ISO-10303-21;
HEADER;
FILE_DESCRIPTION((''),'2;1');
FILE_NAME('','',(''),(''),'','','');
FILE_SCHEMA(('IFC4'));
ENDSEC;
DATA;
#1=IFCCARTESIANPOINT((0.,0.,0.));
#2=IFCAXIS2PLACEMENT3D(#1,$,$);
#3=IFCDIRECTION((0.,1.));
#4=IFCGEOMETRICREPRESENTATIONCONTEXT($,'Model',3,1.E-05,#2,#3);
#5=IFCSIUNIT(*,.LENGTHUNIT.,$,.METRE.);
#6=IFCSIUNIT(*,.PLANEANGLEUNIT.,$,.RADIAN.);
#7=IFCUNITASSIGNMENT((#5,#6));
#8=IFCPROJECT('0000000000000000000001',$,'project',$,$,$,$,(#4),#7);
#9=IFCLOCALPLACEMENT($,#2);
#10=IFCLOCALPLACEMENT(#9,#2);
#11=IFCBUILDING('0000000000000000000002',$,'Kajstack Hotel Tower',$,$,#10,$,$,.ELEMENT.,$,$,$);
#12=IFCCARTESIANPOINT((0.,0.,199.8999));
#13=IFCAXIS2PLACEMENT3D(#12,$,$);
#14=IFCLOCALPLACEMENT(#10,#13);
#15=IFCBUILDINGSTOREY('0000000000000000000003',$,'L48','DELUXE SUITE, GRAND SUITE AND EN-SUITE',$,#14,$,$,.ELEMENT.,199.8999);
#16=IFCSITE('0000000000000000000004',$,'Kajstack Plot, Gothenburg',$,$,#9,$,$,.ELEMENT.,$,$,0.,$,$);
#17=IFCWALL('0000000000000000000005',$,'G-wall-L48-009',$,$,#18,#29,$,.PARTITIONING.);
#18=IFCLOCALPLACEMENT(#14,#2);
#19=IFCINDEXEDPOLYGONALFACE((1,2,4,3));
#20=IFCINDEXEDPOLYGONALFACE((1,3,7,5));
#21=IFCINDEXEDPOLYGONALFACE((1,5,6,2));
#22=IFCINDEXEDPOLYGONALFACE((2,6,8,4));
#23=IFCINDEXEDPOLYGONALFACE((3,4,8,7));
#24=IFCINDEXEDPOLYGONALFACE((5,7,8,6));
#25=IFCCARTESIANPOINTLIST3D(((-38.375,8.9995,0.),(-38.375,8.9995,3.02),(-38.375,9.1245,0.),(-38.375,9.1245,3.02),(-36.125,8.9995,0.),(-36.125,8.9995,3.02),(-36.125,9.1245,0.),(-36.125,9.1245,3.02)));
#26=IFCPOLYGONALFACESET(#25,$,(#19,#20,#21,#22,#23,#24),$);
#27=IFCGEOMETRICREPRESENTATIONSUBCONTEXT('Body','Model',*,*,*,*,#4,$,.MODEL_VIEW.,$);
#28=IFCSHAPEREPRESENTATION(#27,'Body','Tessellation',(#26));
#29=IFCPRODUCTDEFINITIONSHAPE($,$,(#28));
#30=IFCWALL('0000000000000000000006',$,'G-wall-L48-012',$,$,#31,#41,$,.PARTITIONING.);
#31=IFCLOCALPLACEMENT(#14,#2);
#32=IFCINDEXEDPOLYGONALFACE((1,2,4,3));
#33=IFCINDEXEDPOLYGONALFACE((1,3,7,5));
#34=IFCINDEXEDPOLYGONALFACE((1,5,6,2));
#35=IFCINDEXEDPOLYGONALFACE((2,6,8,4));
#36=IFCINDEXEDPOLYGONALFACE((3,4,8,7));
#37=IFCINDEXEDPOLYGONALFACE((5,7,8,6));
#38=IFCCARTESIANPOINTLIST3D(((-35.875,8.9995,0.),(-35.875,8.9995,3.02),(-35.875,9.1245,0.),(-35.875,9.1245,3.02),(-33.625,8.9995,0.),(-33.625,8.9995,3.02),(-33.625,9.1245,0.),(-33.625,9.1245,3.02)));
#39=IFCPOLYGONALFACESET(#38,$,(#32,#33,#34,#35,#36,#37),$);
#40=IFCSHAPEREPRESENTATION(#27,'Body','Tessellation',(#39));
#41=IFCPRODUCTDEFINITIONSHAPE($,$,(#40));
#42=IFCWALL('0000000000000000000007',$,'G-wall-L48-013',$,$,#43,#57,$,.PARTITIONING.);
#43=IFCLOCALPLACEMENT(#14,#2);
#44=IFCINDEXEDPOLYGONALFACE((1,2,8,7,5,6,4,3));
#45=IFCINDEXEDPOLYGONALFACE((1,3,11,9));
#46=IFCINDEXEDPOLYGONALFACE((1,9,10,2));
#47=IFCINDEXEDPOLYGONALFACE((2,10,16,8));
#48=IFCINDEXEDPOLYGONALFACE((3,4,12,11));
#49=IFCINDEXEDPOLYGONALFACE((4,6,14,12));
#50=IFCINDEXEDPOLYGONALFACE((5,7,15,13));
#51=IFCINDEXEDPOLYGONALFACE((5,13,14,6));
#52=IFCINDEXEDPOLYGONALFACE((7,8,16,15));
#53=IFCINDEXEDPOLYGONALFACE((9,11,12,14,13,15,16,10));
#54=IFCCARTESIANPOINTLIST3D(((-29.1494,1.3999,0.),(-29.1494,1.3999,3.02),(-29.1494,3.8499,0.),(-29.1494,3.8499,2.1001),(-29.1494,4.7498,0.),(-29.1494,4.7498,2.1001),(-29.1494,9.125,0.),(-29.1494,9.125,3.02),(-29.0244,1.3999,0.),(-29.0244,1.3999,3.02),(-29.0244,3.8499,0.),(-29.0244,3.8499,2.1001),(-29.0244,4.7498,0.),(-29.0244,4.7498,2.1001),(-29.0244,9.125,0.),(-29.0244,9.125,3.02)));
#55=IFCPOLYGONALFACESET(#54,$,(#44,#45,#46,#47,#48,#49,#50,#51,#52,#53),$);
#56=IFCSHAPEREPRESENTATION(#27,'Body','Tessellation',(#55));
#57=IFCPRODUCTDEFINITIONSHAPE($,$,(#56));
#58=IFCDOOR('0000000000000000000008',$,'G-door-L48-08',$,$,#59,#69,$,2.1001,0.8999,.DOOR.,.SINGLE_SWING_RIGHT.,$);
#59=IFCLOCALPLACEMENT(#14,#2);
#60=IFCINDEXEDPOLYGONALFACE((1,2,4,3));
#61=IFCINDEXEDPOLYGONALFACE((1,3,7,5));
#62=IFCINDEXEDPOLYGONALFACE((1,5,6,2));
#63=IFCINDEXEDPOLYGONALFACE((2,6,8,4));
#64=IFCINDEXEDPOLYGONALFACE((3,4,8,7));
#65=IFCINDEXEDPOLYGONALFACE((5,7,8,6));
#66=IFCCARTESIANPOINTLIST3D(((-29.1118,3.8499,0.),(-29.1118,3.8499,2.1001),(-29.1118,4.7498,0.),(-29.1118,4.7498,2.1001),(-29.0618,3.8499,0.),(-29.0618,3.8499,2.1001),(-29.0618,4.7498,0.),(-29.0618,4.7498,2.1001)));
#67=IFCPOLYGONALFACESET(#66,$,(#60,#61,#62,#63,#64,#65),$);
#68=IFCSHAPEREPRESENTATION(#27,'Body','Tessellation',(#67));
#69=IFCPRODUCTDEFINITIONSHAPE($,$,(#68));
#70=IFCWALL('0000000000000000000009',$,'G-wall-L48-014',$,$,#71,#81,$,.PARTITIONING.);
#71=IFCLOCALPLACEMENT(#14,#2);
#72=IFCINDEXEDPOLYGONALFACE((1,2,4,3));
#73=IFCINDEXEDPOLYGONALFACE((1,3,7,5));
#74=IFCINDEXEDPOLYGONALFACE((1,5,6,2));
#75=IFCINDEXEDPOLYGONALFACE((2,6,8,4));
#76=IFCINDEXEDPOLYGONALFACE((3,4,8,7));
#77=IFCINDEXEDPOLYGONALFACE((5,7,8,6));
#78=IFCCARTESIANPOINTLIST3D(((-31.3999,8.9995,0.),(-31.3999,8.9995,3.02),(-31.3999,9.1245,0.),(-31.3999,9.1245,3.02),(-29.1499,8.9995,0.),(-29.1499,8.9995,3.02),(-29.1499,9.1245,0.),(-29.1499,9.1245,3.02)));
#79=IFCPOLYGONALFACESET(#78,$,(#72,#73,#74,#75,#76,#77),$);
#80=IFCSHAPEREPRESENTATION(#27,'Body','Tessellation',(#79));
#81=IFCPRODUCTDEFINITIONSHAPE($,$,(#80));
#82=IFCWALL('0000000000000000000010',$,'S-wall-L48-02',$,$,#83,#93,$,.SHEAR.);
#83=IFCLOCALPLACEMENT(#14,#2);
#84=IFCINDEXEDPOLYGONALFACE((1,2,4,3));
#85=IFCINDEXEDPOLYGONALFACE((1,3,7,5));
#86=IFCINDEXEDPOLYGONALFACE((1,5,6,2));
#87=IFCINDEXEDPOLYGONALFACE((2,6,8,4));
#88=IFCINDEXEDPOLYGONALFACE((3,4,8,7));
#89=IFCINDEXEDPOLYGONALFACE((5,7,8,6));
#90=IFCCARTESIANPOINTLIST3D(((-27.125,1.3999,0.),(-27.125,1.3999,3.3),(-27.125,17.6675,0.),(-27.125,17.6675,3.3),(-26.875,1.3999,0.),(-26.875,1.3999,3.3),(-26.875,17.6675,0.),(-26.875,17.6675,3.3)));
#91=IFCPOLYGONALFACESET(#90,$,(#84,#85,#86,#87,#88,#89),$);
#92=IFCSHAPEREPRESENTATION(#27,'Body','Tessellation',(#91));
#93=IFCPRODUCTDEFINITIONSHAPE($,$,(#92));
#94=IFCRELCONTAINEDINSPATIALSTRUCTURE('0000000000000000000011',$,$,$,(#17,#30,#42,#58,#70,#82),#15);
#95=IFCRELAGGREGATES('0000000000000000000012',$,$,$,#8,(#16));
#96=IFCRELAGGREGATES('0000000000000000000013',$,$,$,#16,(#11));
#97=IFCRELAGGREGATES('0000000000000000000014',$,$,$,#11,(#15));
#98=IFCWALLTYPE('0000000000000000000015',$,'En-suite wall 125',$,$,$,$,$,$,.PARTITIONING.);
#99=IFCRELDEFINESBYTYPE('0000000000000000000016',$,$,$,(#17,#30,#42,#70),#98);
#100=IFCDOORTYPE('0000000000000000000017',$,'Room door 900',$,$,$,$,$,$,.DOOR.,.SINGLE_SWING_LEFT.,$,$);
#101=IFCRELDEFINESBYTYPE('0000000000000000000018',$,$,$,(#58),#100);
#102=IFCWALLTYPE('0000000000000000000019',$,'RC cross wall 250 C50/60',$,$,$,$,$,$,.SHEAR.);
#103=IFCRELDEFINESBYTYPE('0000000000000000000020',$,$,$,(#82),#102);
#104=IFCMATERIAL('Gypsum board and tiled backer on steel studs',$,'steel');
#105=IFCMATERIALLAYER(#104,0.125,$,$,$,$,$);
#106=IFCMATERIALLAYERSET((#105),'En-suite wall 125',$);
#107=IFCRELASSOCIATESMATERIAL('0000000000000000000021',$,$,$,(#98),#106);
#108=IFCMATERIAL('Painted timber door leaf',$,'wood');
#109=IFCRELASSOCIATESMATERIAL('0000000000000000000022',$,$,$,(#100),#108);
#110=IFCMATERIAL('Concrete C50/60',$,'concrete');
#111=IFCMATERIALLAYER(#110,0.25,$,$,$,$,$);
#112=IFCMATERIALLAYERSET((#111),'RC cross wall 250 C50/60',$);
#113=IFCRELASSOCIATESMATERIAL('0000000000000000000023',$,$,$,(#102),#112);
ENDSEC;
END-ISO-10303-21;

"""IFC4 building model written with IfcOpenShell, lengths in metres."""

from ifc_helpers import new_model, si_unit, direction, frame, frame_2d, origin, place, context, subcontext, project, spatial, rectangle, extrude, material, layer, layer_set, type_object, element, fill, save


model = new_model("IFC4")

# Units and contexts
model_context = context("Model", 3, precision=1e-05, world=origin(), true_north=direction((0.0, 1.0)))
body_context = subcontext(model_context, "Body", "Model", "MODEL_VIEW")
ifc_project = project(units=[si_unit("LENGTHUNIT", "METRE"), si_unit("PLANEANGLEUNIT", "RADIAN")], contexts=[model_context])

# Site, building, storey
site_placement = place(None, origin())
site = spatial("IfcSite", under=ifc_project, at=site_placement, Name="Kajstack Plot, Gothenburg", CompositionType="ELEMENT", RefElevation=0.0)
building_placement = place(site_placement, origin())
building = spatial("IfcBuilding", under=site, at=building_placement, Name="Kajstack Hotel Tower", CompositionType="ELEMENT")
storey_placement = place(building_placement, frame((0.0, 0.0, 199.8999)))
storey = spatial("IfcBuildingStorey", under=building, at=storey_placement, Name="L48", Description="DELUXE SUITE, GRAND SUITE AND EN-SUITE", CompositionType="ELEMENT", Elevation=199.8999)

# Walls
ifc_material_1 = material(Name="Gypsum board and tiled backer on steel studs", Category="steel")
ifc_layer_1 = layer(ifc_material_1, 0.125)
ifc_layer_set_1 = layer_set([ifc_layer_1], Name="En-suite wall 125")
wall_type_1 = type_object("IfcWallType", Name="En-suite wall 125", PredefinedType="PARTITIONING", material=ifc_layer_set_1)
for number, where, z_axis, x_axis, name in (
    (1, (-38.375, 9.062, 0.0), (0.0, 0.0, 1.0), (1.0, 0.0, 0.0), "G-wall-L48-009"),
    (2, (-35.875, 9.062, 0.0), (0.0, 0.0, 1.0), (1.0, 0.0, 0.0), "G-wall-L48-012"),
):
    element("IfcWall", number, at=place(storey_placement, frame(where, z_axis=z_axis, x_axis=x_axis)), inside=storey, type_object=wall_type_1, Name=name, PredefinedType="PARTITIONING", context=body_context, shape_type="SweptSolid", body=[
        extrude(rectangle(XDim=2.25, YDim=0.125, at=frame_2d((1.125, 0.0))), origin(), (0.0, 0.0, 1.0), 3.02),
    ])

# Wall, opening, door
wall_1_placement = place(storey_placement, frame((-29.0869, 1.3999, 0.0), z_axis=(0.0, 0.0, 1.0), x_axis=(0.0, 1.0, 0.0)))
wall_1 = element("IfcWall", 3, at=wall_1_placement, inside=storey, type_object=wall_type_1, Name="G-wall-L48-013", PredefinedType="PARTITIONING", context=body_context, shape_type="SweptSolid", body=[
    extrude(rectangle(XDim=7.7251, YDim=0.125, at=frame_2d((3.8625, 0.0))), origin(), (0.0, 0.0, 1.0), 3.02),
])
opening_1_placement = place(wall_1_placement, frame((2.45, 0.0, 0.0)))
opening_1 = element("IfcOpeningElement", 4, at=opening_1_placement, cuts=wall_1, PredefinedType="OPENING", context=body_context, shape_type="SweptSolid", body=[
    extrude(rectangle(XDim=0.8999, YDim=2.1001, at=frame_2d((0.45, 1.05))), frame((0.0, 0.0725, 0.0), z_axis=(0.0, -1.0, 0.0), x_axis=(1.0, 0.0, 0.0)), (0.0, 0.0, 1.0), 0.145),
])
ifc_material_2 = material(Name="Painted timber door leaf", Category="wood")
door_type = type_object("IfcDoorType", Name="Room door 900", OperationType="SINGLE_SWING_LEFT", PredefinedType="DOOR", material=ifc_material_2)
door_placement = place(opening_1_placement, origin())
door = element("IfcDoor", 5, at=door_placement, inside=storey, type_object=door_type, Name="G-door-L48-08", OperationType="SINGLE_SWING_RIGHT", OverallHeight=2.1001, OverallWidth=0.8999, PredefinedType="DOOR", context=body_context, shape_type="SweptSolid", body=[
    extrude(rectangle(XDim=0.8999, YDim=2.1001, at=frame_2d((0.45, 1.05))), frame((0.0, 0.0249, 0.0), z_axis=(0.0, -1.0, 0.0), x_axis=(1.0, 0.0, 0.0)), (0.0, 0.0, 1.0), 0.05),
])
fill(opening_1, door)

# Walls
wall_2_placement = place(storey_placement, frame((-31.3999, 9.062, 0.0), z_axis=(0.0, 0.0, 1.0), x_axis=(1.0, 0.0, 0.0)))
element("IfcWall", 6, at=wall_2_placement, inside=storey, type_object=wall_type_1, Name="G-wall-L48-014", PredefinedType="PARTITIONING", context=body_context, shape_type="SweptSolid", body=[
    extrude(rectangle(XDim=2.25, YDim=0.125, at=frame_2d((1.125, 0.0))), origin(), (0.0, 0.0, 1.0), 3.02),
])
ifc_material_3 = material(Name="Concrete C50/60", Category="concrete")
ifc_layer_2 = layer(ifc_material_3, 0.25)
ifc_layer_set_2 = layer_set([ifc_layer_2], Name="RC cross wall 250 C50/60")
wall_type_2 = type_object("IfcWallType", Name="RC cross wall 250 C50/60", PredefinedType="SHEAR", material=ifc_layer_set_2)
wall_3_placement = place(storey_placement, frame((-27.0, 1.3999, 0.0), z_axis=(0.0, 0.0, 1.0), x_axis=(0.0, 1.0, 0.0)))
element("IfcWall", 7, at=wall_3_placement, inside=storey, type_object=wall_type_2, Name="S-wall-L48-02", PredefinedType="SHEAR", context=body_context, shape_type="SweptSolid", body=[
    extrude(rectangle(XDim=16.2676, YDim=0.25, at=frame_2d((8.1338, 0.0))), origin(), (0.0, 0.0, 1.0), 3.3),
])

save(model, "model.ifc")
